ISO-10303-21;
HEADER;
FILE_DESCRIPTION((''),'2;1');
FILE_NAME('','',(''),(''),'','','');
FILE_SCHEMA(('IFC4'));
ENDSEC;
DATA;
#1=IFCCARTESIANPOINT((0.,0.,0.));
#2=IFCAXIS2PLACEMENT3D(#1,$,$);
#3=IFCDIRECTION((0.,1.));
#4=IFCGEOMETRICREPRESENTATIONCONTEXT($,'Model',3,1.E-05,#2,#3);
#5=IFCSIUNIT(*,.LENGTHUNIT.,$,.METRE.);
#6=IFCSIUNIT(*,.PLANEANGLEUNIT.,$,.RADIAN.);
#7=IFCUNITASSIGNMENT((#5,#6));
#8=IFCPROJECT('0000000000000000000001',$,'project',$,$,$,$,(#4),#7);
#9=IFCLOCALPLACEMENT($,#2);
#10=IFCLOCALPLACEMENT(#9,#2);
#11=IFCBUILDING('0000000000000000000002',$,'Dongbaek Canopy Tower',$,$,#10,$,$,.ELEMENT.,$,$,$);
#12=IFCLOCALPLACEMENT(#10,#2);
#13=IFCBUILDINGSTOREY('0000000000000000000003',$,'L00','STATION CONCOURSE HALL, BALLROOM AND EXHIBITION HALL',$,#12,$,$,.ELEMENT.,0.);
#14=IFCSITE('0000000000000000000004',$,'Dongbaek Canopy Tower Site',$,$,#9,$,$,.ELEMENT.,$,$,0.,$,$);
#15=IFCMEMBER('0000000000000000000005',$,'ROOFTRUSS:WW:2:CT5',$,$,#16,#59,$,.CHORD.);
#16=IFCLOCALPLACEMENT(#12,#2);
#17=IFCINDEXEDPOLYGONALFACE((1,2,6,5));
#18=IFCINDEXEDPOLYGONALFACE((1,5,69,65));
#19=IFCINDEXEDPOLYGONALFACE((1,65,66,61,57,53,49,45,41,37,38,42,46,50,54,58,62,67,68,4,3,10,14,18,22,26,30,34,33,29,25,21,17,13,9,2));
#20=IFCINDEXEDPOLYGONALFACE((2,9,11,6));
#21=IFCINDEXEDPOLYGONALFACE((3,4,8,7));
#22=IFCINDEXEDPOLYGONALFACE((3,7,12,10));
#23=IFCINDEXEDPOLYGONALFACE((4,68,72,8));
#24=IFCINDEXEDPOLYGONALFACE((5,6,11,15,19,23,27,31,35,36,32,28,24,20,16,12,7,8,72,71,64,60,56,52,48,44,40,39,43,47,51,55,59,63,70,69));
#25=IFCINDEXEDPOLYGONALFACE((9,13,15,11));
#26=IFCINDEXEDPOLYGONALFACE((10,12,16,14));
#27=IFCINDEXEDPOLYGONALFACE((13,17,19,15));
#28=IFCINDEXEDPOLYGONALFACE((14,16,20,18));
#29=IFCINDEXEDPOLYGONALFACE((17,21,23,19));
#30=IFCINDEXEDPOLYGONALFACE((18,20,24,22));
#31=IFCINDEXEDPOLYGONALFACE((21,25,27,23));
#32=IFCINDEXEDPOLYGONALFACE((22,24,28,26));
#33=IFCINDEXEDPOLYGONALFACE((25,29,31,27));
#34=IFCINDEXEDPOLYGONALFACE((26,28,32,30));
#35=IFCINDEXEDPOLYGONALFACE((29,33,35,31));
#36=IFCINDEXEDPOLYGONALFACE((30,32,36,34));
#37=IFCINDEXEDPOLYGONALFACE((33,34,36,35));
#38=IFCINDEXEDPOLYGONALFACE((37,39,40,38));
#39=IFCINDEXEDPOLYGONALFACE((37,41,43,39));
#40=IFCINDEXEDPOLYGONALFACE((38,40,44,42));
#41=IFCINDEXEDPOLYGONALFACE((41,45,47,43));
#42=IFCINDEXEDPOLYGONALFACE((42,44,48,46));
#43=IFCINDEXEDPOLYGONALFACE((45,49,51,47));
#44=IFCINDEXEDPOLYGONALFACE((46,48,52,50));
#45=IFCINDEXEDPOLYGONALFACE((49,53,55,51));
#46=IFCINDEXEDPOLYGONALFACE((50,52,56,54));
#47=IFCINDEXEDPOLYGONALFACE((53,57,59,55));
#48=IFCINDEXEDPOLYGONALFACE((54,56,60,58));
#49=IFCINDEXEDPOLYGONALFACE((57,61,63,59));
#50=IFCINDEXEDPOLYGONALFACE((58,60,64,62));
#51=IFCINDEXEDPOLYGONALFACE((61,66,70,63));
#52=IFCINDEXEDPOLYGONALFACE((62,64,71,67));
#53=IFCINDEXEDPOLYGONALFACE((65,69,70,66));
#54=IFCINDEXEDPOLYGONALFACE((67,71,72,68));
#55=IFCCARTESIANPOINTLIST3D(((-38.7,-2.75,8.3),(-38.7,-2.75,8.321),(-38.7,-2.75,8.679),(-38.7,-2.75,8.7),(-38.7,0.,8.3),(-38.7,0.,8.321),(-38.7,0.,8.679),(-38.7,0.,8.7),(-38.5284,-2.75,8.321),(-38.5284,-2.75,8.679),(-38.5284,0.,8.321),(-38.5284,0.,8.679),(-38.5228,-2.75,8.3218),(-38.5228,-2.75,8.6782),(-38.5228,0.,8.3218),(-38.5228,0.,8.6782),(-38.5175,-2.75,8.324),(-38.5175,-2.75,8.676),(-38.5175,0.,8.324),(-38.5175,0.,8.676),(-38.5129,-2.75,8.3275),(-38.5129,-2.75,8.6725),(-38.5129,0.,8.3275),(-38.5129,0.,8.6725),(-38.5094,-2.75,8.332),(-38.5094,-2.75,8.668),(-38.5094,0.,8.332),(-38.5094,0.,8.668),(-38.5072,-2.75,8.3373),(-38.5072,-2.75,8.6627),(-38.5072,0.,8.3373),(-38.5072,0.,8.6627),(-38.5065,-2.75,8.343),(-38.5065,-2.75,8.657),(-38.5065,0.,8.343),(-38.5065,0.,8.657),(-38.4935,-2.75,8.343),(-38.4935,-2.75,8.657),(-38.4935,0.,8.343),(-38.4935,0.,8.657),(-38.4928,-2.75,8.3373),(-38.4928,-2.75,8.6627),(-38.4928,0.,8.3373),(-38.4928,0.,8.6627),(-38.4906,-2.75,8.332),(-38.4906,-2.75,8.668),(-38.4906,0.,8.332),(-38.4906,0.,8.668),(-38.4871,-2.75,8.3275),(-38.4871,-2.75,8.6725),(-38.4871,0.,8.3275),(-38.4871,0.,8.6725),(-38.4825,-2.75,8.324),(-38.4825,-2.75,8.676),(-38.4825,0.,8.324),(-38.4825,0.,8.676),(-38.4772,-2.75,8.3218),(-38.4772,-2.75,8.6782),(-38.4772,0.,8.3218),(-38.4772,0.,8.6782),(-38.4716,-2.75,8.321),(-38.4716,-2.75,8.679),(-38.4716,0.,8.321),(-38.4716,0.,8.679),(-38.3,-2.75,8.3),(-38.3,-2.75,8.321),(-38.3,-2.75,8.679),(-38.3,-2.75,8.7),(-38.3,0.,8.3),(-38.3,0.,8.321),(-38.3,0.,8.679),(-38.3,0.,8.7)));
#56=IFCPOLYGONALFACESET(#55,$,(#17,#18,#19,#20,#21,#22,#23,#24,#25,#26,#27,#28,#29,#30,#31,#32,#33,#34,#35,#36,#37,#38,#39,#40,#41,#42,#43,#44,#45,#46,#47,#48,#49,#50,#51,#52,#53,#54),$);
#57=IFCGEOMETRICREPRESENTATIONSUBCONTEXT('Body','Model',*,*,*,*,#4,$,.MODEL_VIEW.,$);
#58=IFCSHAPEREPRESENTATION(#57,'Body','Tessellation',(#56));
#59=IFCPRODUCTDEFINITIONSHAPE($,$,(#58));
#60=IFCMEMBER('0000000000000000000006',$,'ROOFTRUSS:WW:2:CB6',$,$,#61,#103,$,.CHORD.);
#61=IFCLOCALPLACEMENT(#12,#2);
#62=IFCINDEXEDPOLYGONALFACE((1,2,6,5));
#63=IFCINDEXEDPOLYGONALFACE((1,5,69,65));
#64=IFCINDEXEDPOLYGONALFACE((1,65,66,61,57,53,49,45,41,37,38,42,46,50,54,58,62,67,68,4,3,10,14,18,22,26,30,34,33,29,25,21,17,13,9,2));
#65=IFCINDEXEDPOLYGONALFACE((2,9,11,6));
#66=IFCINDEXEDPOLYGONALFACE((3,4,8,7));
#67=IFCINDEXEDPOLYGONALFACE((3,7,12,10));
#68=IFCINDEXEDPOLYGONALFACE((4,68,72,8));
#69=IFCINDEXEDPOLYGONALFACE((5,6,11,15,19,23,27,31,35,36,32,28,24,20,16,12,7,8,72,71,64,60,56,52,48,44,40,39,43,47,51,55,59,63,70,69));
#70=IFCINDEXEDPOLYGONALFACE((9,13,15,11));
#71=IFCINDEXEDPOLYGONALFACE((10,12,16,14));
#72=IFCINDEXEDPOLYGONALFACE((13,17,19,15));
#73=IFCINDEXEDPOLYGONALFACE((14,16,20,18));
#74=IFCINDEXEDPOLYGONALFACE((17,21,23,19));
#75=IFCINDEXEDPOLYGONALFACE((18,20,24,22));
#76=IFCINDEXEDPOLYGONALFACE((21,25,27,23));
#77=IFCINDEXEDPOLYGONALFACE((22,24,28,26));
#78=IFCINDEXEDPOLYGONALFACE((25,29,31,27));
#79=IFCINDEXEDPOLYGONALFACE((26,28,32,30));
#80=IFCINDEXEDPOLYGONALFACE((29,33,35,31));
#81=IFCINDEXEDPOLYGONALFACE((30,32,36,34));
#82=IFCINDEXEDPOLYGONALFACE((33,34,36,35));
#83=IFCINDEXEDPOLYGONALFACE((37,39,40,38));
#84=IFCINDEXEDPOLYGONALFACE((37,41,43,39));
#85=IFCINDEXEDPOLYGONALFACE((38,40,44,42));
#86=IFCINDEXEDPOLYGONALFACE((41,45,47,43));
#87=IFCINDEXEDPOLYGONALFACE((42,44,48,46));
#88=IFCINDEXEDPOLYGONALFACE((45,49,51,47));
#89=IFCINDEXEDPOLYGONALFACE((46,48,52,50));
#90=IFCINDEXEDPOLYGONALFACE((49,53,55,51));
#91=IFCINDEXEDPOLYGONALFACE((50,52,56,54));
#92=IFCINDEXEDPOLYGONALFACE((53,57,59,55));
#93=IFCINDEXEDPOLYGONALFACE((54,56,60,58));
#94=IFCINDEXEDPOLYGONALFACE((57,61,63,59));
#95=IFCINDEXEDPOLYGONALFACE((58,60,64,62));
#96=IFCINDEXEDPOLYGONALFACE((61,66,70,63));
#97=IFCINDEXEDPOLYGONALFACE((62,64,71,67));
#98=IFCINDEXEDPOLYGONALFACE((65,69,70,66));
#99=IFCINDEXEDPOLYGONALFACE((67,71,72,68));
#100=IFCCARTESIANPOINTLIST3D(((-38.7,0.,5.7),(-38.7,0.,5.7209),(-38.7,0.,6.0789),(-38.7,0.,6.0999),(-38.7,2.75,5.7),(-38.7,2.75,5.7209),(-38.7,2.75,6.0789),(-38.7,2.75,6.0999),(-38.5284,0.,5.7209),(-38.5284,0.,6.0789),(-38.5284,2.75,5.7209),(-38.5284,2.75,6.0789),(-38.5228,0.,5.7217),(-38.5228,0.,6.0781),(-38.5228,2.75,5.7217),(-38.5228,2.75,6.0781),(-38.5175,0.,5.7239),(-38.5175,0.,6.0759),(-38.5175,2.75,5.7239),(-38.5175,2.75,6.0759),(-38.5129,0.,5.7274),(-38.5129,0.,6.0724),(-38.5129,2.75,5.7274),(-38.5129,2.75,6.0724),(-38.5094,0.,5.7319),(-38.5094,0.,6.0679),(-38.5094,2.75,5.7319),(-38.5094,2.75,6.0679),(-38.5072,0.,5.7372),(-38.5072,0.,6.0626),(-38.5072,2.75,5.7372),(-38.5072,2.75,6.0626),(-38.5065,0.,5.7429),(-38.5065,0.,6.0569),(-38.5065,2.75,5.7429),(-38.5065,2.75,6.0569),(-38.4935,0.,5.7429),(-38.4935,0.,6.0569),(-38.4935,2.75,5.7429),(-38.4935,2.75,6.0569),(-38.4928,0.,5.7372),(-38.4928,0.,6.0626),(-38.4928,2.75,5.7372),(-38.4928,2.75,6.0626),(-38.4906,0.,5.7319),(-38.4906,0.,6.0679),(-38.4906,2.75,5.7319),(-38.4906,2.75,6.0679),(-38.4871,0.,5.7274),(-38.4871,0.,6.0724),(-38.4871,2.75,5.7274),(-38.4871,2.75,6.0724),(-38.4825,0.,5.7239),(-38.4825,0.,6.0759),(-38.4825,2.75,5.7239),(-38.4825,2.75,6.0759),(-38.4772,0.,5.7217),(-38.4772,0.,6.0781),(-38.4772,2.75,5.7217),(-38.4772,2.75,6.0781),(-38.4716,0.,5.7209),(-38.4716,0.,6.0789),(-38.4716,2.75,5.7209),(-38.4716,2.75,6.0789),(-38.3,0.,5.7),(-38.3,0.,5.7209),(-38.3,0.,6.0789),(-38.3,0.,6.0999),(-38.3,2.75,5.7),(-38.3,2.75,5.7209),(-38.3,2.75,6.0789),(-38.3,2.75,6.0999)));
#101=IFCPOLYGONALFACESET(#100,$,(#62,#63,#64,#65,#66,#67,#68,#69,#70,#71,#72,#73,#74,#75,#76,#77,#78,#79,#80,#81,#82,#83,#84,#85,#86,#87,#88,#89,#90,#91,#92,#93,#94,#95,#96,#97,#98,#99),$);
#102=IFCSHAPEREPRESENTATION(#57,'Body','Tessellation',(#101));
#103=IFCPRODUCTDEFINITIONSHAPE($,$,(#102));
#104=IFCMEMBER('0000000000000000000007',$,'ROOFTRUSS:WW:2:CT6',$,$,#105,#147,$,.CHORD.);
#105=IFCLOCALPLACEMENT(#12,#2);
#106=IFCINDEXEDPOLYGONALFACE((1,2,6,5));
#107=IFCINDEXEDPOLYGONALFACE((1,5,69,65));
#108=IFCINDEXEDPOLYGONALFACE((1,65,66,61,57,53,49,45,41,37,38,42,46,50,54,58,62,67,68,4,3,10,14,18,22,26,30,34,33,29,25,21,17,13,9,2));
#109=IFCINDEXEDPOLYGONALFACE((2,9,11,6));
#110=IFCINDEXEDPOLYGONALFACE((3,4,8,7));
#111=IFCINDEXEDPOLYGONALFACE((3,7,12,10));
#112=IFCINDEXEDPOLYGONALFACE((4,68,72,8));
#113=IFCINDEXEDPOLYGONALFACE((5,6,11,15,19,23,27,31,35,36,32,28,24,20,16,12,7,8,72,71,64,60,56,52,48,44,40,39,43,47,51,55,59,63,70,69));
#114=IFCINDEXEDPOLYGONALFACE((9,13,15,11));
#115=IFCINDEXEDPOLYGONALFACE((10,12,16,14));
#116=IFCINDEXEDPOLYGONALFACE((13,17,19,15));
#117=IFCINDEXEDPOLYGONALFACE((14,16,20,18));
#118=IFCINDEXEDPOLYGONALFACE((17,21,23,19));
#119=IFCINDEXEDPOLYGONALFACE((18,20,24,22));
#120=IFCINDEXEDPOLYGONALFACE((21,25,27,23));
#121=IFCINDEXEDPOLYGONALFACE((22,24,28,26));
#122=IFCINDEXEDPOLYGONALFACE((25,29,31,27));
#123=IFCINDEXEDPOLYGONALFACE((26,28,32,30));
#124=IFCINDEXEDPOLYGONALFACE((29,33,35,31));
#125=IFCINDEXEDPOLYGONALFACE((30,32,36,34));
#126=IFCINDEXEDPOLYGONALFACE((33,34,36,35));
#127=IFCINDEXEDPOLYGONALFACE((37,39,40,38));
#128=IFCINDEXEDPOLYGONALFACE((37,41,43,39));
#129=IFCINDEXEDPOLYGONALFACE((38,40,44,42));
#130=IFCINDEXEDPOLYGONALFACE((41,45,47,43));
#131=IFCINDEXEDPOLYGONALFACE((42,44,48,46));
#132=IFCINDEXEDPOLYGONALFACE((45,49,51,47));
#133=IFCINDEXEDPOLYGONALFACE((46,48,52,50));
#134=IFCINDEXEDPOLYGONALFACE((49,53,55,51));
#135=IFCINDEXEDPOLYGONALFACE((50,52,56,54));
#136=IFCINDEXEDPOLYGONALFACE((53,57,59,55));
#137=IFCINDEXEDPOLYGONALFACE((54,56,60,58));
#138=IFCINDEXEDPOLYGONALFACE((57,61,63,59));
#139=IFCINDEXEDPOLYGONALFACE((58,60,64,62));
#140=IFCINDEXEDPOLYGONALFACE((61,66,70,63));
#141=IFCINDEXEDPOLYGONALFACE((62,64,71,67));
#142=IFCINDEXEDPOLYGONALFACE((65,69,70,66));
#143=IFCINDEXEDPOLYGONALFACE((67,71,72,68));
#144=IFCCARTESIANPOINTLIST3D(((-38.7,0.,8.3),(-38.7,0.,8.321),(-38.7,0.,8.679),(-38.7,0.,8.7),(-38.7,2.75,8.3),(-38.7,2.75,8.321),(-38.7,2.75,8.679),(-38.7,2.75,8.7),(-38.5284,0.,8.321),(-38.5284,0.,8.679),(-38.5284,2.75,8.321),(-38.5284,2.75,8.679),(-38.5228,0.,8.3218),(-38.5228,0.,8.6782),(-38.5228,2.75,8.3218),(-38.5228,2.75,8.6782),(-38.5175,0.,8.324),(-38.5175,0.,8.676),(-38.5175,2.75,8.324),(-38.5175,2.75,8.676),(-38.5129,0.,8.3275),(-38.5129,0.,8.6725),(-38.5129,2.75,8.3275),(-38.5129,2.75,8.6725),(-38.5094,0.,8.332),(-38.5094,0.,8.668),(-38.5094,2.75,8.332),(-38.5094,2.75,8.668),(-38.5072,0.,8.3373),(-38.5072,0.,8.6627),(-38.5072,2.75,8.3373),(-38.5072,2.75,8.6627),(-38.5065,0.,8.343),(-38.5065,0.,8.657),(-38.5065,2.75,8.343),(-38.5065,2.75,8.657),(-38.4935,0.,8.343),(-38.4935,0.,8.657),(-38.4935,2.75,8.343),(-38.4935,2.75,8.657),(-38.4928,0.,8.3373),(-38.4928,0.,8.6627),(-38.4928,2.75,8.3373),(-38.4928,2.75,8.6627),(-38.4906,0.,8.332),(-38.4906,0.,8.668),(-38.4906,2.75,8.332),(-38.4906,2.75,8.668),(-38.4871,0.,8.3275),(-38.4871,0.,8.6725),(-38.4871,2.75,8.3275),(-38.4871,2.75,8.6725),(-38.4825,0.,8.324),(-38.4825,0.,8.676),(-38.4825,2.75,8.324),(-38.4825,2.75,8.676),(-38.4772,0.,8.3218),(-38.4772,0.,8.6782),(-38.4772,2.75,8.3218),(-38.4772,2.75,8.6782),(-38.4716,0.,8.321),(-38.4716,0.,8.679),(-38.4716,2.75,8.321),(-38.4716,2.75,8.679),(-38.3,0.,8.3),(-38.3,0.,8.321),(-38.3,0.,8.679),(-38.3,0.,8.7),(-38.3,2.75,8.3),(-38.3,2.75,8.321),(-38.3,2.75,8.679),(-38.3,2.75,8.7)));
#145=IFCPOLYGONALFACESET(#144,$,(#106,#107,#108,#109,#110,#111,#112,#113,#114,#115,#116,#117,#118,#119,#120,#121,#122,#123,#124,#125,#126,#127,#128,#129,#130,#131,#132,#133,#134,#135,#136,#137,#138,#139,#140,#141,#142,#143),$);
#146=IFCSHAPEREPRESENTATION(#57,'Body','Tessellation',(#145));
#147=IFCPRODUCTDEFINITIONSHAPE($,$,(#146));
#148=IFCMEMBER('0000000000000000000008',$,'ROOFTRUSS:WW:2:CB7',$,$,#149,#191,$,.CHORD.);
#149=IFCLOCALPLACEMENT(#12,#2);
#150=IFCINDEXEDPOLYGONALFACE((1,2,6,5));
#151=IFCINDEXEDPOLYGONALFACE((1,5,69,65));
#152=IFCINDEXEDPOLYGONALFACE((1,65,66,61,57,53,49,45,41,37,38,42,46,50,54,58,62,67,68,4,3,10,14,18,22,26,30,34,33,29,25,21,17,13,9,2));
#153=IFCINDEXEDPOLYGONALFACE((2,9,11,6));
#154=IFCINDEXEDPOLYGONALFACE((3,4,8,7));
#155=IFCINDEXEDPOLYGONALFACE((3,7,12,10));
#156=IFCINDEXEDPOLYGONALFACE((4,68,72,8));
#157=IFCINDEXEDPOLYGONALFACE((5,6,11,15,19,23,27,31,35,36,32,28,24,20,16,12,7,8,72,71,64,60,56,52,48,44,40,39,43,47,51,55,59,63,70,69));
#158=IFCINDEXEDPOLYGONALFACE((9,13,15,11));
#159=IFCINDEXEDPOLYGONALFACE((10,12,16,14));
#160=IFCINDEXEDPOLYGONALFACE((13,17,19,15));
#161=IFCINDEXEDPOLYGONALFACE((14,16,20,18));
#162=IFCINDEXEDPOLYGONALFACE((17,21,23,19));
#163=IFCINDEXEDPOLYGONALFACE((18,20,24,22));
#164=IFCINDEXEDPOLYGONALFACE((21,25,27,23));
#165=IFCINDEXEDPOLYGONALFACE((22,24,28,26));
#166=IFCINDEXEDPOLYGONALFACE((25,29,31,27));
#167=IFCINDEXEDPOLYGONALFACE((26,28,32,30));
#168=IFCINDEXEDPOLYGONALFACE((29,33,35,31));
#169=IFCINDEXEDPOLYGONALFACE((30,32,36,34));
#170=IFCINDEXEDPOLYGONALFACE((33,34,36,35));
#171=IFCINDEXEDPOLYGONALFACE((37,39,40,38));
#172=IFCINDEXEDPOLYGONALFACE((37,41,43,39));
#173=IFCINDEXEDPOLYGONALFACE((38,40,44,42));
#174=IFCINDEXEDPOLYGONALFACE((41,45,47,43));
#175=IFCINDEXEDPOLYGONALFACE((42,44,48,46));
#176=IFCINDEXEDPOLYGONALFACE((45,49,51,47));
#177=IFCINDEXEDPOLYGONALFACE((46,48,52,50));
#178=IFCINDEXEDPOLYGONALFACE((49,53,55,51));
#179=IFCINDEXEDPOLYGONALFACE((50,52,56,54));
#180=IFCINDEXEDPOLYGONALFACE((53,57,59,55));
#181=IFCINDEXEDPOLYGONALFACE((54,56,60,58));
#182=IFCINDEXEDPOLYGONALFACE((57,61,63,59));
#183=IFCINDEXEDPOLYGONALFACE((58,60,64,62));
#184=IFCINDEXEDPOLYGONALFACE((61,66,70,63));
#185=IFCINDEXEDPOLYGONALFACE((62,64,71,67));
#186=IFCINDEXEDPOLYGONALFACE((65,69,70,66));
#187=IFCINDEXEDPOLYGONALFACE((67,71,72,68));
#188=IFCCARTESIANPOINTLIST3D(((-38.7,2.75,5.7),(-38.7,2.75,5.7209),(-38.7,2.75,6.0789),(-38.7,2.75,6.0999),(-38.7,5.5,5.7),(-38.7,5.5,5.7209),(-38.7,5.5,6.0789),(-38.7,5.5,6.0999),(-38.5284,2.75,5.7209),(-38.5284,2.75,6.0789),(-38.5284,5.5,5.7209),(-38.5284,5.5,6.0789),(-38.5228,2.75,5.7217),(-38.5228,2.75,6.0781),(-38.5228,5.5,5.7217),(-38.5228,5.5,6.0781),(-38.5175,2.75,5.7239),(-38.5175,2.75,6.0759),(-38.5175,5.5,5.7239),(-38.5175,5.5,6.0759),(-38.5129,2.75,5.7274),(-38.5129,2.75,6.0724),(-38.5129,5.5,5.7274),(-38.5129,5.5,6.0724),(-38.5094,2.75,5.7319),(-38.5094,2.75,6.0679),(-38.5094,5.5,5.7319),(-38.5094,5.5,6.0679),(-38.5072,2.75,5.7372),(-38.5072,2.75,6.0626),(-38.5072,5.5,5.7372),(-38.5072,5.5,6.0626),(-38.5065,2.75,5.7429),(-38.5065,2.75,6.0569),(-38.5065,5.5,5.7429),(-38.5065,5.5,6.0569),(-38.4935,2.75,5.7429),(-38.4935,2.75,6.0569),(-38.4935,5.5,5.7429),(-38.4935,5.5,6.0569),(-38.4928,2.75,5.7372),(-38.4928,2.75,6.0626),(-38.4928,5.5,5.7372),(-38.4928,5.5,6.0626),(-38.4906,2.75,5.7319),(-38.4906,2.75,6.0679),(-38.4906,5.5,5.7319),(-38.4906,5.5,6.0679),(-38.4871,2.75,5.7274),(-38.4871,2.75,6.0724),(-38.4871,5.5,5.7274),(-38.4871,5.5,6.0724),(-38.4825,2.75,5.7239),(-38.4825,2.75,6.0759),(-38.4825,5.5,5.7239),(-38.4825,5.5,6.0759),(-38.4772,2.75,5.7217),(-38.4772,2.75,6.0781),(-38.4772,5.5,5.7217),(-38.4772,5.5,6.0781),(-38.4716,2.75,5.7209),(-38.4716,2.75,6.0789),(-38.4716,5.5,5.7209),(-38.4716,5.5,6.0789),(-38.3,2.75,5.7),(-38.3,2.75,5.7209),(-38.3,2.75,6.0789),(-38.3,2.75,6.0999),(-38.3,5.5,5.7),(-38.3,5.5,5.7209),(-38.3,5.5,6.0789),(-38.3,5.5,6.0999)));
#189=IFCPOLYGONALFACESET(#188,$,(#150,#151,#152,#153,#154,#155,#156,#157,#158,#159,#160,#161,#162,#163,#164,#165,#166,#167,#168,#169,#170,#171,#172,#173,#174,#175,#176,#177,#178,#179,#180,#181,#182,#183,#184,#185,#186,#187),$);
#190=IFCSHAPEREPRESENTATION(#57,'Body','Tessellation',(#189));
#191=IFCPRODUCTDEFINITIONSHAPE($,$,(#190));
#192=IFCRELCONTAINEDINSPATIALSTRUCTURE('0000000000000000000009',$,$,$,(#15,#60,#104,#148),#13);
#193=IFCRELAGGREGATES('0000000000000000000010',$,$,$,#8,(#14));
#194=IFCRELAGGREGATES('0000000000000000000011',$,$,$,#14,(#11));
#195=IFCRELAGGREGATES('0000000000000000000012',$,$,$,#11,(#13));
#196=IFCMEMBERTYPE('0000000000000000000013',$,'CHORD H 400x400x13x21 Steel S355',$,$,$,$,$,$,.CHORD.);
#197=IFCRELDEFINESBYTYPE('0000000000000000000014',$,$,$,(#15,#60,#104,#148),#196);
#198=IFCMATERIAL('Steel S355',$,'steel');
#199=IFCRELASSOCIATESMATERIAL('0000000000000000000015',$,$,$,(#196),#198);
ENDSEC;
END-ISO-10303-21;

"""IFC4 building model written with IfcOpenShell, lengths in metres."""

from ifc_helpers import new_model, si_unit, direction, frame, origin, origin_2d, place, context, subcontext, project, spatial, i_section, extrude, material, material_profile, profile_set, type_object, element, save


model = new_model("IFC4")

# Units and contexts
model_context = context("Model", 3, precision=1e-05, world=origin(), true_north=direction((0.0, 1.0)))
body_context = subcontext(model_context, "Body", "Model", "MODEL_VIEW")
ifc_project = project(units=[si_unit("LENGTHUNIT", "METRE"), si_unit("PLANEANGLEUNIT", "RADIAN")], contexts=[model_context])

# Site, building, storey
site_placement = place(None, origin())
site = spatial("IfcSite", under=ifc_project, at=site_placement, Name="Dongbaek Canopy Tower Site", CompositionType="ELEMENT", RefElevation=0.0)
building_placement = place(site_placement, origin())
building = spatial("IfcBuilding", under=site, at=building_placement, Name="Dongbaek Canopy Tower", CompositionType="ELEMENT")
storey_placement = place(building_placement, origin())
storey = spatial("IfcBuildingStorey", under=building, at=storey_placement, Name="L00", Description="STATION CONCOURSE HALL, BALLROOM AND EXHIBITION HALL", CompositionType="ELEMENT", Elevation=0.0)

# Members
ifc_material_1 = material(Name="Steel S355", Category="steel")
ifc_material_profile_1 = material_profile(ifc_material_1, i_section(OverallWidth=0.3999, OverallDepth=0.3999, WebThickness=0.0129, FlangeThickness=0.021, FilletRadius=0.022, at=origin_2d()), Name="CHORD H 400x400x13x21 Steel S355")
ifc_profile_set_1 = profile_set([ifc_material_profile_1], Name="Steel S355")
member_type_1 = type_object("IfcMemberType", Name="CHORD H 400x400x13x21 Steel S355", PredefinedType="CHORD", material=ifc_profile_set_1)
for number, where, z_axis, x_axis, name in (
    (1, (-38.5, -2.75, 8.5), (0.0, 1.0, 0.0), (-1.0, 0.0, 0.0), "ROOFTRUSS:WW:2:CT5"),
    (2, (-38.5, 0.0, 5.8999), (0.0, 1.0, 0.0), (-1.0, 0.0, 0.0), "ROOFTRUSS:WW:2:CB6"),
    (3, (-38.5, 0.0, 8.5), (0.0, 1.0, 0.0), (-1.0, 0.0, 0.0), "ROOFTRUSS:WW:2:CT6"),
    (4, (-38.5, 2.75, 5.8999), (0.0, 1.0, 0.0), (-1.0, 0.0, 0.0), "ROOFTRUSS:WW:2:CB7"),
):
    element("IfcMember", number, at=place(storey_placement, frame(where, z_axis=z_axis, x_axis=x_axis)), inside=storey, type_object=member_type_1, Name=name, PredefinedType="CHORD", context=body_context, shape_type="SweptSolid", body=[
        extrude(i_section(OverallWidth=0.3999, OverallDepth=0.3999, WebThickness=0.0129, FlangeThickness=0.021, FilletRadius=0.022, at=origin_2d()), origin(), (0.0, 0.0, 1.0), 2.75),
    ])

save(model, "model.ifc")
